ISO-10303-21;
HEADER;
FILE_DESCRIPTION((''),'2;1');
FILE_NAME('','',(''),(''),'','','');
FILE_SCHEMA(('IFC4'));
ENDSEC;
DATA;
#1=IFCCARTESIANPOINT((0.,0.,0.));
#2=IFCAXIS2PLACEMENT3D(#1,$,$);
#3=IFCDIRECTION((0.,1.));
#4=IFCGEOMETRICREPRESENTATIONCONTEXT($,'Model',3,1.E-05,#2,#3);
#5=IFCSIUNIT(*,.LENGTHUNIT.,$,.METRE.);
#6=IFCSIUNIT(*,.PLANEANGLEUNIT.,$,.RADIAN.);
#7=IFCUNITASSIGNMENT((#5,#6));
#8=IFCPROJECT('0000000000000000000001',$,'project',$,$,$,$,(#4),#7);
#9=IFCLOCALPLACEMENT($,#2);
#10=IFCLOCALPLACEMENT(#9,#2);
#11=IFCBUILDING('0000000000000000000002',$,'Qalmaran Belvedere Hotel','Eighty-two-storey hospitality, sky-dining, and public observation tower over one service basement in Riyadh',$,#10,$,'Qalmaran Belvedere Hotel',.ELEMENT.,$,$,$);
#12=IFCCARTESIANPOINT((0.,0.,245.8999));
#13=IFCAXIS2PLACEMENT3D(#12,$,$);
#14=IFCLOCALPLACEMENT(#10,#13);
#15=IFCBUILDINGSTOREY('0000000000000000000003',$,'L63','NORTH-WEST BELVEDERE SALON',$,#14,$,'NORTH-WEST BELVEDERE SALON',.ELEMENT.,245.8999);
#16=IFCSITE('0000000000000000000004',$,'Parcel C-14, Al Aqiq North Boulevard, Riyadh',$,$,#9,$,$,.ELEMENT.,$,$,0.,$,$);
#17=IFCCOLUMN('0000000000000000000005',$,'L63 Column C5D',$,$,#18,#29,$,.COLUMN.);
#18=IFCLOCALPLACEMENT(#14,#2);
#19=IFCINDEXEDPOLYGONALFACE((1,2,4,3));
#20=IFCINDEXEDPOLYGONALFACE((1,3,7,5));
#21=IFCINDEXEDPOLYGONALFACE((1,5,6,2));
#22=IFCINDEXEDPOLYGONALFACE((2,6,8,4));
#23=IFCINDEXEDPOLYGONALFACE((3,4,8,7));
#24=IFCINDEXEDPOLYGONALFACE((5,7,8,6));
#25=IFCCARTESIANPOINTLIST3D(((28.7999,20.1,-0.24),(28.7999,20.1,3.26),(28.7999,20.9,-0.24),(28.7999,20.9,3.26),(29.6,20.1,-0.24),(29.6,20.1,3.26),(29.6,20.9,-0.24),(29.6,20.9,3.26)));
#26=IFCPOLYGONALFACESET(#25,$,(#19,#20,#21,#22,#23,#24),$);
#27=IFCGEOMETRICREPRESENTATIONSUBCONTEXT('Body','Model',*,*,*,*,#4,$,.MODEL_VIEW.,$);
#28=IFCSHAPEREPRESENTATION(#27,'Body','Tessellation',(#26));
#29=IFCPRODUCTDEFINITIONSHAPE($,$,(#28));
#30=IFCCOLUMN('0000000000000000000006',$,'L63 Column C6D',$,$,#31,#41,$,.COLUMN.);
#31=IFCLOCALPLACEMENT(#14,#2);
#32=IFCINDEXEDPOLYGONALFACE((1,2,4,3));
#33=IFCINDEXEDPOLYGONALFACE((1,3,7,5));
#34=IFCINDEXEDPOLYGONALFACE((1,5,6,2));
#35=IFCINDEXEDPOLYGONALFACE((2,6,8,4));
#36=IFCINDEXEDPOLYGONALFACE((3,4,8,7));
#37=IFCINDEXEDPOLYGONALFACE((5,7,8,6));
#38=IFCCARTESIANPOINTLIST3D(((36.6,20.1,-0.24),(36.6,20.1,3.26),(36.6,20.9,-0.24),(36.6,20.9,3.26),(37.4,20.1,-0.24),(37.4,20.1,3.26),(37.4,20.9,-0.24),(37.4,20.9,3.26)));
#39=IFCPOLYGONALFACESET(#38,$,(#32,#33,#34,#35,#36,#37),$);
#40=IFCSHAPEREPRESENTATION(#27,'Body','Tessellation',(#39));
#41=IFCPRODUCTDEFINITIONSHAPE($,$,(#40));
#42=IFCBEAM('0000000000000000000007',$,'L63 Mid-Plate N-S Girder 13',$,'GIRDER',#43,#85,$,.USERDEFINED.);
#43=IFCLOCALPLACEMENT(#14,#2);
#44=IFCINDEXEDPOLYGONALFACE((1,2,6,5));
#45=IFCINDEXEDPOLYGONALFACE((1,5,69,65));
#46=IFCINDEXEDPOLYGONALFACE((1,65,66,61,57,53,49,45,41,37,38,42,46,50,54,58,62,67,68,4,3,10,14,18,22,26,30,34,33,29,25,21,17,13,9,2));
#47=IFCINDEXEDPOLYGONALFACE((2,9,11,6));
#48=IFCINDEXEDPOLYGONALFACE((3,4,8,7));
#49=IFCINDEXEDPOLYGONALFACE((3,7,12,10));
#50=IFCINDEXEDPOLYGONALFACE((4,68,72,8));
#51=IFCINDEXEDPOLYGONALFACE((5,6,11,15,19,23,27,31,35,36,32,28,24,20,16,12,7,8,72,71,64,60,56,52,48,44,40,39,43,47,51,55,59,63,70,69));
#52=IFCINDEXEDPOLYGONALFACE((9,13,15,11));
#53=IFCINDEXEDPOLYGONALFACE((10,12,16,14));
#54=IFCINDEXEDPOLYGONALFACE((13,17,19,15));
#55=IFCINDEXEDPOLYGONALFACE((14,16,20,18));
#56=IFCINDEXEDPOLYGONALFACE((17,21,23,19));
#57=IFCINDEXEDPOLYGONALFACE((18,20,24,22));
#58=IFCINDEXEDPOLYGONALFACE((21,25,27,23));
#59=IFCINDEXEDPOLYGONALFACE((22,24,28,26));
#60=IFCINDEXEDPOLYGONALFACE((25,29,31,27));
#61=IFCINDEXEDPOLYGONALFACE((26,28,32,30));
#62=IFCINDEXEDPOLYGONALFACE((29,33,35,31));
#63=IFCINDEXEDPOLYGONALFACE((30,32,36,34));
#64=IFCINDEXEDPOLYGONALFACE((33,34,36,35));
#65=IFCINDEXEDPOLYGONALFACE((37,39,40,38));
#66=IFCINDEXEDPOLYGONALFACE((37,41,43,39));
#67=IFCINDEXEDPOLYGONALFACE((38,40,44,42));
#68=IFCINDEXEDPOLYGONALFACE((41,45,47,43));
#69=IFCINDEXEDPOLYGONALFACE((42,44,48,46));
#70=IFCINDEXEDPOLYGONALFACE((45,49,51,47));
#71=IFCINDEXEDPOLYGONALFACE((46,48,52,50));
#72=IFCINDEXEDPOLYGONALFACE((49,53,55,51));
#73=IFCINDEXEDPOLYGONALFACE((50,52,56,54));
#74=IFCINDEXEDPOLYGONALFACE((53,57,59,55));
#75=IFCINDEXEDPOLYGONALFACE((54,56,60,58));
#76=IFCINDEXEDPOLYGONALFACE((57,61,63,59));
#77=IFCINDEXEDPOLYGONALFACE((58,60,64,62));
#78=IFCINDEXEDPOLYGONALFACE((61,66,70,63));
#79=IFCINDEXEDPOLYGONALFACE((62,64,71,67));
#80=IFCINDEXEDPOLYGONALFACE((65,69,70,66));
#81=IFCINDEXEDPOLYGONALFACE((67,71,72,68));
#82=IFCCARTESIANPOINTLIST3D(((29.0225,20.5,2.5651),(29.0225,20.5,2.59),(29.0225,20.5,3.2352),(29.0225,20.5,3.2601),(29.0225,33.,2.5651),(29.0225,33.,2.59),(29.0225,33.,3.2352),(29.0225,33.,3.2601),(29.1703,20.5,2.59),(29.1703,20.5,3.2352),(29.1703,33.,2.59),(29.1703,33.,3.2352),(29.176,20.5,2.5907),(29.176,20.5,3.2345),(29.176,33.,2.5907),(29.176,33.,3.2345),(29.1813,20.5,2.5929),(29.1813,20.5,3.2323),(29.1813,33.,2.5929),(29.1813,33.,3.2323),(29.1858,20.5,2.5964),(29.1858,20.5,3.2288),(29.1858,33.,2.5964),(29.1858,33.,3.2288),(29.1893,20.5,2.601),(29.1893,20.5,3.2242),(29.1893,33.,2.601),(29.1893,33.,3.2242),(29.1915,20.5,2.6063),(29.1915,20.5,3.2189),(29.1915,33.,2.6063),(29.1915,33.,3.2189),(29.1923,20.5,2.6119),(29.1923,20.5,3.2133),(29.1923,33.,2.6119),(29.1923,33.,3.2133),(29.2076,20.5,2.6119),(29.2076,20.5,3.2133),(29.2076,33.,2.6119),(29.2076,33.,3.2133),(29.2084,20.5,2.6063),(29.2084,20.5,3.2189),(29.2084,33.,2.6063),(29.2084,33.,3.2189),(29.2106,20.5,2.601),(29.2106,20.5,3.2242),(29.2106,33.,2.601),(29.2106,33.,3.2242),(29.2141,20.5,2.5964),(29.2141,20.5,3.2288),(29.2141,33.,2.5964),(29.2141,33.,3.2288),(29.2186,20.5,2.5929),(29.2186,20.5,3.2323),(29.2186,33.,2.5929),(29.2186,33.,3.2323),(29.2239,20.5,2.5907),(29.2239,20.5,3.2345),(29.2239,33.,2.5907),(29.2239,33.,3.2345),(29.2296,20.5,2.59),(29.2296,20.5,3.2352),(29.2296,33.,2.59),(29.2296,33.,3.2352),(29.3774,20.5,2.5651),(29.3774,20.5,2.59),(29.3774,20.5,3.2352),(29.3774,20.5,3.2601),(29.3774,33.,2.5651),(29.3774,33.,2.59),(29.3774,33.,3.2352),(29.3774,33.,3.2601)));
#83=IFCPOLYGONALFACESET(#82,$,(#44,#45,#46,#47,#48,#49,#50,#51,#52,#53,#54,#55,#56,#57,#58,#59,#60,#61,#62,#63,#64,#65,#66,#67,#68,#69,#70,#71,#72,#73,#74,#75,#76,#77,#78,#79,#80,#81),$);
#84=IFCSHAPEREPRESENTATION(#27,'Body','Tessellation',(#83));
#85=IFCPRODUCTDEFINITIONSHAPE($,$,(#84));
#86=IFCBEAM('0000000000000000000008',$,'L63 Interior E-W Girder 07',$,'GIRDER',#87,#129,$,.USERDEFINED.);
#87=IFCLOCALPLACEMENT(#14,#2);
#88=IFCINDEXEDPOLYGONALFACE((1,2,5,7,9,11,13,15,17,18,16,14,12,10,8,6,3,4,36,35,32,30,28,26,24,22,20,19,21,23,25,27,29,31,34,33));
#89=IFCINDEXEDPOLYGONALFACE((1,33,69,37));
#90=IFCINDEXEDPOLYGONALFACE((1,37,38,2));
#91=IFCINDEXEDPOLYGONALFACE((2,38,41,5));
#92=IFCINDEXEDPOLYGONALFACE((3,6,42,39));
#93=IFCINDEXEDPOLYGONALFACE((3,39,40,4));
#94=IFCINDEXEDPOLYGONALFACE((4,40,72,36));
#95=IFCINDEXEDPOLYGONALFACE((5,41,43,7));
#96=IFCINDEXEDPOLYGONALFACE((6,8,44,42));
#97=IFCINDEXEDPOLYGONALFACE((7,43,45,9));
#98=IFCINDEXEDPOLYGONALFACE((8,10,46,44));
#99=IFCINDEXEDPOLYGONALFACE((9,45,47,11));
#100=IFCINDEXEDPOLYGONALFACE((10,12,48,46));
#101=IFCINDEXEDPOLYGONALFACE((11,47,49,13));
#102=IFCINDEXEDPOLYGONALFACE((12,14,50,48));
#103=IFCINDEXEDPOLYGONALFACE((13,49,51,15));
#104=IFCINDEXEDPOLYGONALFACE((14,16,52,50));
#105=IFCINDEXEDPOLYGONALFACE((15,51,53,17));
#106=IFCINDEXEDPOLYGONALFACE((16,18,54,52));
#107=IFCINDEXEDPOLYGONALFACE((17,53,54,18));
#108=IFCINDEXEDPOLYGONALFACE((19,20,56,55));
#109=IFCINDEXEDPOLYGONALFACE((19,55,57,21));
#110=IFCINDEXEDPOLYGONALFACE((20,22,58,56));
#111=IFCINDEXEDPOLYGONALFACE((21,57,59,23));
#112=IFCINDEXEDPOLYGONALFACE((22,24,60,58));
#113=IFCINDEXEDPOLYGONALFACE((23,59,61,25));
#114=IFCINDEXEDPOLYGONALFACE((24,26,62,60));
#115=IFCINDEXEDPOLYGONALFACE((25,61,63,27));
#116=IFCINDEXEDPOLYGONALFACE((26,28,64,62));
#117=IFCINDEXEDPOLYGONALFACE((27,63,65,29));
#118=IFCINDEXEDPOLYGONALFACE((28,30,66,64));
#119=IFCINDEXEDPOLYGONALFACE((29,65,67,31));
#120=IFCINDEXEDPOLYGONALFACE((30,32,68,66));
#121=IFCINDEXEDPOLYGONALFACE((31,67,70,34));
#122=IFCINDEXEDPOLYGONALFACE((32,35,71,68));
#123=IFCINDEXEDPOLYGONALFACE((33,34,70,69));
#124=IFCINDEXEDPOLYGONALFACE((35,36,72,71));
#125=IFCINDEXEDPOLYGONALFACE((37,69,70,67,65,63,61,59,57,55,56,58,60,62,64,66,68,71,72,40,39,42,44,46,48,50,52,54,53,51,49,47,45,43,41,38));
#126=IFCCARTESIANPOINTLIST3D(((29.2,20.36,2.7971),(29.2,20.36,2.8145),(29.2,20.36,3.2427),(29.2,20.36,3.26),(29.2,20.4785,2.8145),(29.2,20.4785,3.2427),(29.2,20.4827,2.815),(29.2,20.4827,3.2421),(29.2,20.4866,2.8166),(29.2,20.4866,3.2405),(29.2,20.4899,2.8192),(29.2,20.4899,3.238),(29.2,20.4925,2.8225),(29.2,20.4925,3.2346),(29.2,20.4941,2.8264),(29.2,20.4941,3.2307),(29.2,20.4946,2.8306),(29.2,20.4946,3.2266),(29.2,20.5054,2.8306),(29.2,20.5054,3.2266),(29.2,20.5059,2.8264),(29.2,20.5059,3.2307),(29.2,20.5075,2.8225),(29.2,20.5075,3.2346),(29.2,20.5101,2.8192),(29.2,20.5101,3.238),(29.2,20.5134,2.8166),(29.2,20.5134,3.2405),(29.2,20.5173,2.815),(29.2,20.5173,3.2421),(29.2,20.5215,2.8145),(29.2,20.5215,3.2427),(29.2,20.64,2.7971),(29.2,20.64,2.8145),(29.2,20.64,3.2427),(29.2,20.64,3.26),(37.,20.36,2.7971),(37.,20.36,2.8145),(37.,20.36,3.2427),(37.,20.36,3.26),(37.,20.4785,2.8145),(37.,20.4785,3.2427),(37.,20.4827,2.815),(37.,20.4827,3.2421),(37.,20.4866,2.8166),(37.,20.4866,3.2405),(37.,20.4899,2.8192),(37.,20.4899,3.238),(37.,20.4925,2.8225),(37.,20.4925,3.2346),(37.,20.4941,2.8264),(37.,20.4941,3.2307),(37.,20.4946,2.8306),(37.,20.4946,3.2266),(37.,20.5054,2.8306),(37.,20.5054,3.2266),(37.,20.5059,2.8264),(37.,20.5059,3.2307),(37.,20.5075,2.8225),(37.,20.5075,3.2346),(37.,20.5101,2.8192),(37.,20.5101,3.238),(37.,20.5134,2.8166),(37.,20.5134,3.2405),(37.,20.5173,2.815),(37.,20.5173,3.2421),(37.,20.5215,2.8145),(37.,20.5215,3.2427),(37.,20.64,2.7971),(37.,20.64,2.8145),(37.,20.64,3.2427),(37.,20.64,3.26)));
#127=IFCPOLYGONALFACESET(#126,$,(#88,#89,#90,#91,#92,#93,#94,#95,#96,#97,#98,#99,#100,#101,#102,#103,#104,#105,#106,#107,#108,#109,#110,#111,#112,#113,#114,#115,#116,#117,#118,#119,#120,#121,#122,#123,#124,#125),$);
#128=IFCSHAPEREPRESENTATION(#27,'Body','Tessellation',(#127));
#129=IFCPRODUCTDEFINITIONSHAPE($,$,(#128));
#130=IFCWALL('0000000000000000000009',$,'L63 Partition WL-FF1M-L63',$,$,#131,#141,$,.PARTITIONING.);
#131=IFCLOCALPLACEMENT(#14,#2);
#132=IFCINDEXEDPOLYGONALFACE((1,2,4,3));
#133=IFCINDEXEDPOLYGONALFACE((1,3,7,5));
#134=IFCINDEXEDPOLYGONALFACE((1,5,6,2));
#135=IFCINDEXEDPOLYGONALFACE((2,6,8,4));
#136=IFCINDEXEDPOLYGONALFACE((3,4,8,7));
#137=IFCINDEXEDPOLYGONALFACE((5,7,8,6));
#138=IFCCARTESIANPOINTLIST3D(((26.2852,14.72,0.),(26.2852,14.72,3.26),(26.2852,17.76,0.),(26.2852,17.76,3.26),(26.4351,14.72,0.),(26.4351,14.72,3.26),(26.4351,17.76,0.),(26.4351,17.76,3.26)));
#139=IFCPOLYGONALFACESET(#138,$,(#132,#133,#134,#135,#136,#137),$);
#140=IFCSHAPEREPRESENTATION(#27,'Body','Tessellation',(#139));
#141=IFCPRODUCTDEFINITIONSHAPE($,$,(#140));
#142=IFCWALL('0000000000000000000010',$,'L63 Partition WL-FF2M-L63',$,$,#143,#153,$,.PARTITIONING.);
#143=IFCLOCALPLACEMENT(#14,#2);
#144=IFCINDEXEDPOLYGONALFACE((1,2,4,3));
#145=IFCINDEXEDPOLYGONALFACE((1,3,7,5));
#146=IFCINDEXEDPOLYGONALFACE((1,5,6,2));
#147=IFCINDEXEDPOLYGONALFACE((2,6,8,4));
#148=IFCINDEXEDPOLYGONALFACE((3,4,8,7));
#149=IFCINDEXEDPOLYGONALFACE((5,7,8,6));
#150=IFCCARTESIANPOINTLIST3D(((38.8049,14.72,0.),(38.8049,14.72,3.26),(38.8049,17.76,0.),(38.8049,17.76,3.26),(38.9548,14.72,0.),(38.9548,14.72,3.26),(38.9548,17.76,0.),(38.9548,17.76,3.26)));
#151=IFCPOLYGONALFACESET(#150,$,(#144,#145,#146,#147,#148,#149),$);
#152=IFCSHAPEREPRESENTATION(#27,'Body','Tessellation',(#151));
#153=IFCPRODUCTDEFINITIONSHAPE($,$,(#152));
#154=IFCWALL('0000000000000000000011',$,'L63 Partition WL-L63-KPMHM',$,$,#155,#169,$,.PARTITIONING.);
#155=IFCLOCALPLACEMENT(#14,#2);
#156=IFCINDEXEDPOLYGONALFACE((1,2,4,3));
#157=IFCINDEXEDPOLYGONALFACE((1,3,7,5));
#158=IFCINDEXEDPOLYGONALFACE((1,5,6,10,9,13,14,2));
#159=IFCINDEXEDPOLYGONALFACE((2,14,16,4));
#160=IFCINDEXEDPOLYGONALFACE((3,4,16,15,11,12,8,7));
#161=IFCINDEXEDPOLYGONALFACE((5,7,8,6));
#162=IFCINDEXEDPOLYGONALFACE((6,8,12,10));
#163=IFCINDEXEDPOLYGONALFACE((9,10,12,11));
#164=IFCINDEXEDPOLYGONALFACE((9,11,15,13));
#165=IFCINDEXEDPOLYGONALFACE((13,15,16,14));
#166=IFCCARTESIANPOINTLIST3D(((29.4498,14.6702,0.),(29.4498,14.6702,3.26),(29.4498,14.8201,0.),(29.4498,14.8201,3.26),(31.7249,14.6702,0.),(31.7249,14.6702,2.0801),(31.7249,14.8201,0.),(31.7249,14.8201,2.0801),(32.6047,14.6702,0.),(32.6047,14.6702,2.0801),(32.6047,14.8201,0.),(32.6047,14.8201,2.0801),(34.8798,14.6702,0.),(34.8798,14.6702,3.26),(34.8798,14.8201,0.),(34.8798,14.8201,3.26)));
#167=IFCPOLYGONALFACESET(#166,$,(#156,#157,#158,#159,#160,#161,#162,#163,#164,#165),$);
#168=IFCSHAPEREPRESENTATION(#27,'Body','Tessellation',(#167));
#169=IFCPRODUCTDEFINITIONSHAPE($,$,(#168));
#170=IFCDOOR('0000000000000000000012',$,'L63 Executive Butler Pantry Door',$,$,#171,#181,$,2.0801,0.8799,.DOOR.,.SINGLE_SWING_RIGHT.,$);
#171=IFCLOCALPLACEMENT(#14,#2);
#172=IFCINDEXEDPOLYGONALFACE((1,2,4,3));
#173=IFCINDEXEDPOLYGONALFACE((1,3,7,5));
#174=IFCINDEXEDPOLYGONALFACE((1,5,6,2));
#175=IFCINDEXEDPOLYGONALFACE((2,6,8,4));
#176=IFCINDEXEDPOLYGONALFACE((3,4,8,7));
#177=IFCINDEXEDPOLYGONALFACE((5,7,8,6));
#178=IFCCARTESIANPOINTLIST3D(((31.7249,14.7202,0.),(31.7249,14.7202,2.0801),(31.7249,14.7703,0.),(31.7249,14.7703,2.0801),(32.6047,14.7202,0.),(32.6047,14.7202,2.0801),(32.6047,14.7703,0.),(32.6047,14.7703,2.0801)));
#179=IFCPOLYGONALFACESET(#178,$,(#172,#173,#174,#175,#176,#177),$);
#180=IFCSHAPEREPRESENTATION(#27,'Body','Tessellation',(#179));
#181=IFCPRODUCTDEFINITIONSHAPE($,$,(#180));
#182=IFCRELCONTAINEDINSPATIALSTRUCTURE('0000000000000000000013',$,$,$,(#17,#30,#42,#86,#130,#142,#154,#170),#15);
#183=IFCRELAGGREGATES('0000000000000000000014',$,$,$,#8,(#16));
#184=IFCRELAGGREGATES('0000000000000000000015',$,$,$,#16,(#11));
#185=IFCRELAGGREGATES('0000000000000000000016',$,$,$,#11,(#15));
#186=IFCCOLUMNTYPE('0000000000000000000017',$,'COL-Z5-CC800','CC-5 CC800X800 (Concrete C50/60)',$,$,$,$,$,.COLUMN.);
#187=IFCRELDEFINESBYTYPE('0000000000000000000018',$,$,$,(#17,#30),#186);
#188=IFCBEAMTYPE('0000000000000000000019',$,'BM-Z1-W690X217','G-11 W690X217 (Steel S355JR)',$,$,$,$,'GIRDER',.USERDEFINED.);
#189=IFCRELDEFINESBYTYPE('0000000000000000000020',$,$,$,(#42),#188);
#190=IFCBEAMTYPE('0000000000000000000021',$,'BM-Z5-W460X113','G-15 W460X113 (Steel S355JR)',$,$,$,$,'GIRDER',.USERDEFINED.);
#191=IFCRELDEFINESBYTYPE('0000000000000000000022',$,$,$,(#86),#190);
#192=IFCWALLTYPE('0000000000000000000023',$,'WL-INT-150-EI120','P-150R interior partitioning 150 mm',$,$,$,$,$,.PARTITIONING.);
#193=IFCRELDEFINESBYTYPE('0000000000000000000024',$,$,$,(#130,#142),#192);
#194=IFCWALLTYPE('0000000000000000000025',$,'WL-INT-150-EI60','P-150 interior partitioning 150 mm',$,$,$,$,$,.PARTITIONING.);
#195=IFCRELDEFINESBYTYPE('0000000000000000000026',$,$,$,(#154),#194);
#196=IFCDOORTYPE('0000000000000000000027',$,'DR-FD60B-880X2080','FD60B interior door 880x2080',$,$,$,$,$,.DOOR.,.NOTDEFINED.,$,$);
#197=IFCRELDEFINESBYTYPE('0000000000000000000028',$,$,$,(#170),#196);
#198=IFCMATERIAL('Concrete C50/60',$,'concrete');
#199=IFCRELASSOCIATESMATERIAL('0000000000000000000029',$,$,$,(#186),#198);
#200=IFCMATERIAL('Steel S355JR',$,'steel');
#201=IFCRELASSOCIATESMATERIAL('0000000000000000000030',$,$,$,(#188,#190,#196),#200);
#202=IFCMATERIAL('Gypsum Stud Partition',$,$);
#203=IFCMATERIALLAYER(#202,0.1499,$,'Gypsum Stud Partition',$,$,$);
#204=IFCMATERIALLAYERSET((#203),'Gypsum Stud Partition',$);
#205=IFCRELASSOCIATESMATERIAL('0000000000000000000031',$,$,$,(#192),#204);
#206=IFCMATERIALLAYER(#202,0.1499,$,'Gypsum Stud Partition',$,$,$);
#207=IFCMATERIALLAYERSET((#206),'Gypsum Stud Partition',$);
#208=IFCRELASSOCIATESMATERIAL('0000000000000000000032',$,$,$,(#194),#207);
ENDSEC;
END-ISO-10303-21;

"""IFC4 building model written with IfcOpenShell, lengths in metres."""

from ifc_helpers import new_model, si_unit, direction, frame, frame_2d, origin, origin_2d, place, context, subcontext, project, spatial, rectangle, i_section, extrude, material, layer, layer_set, material_profile, profile_set, type_object, element, fill, save


model = new_model("IFC4")

# Units and contexts
model_context = context("Model", 3, precision=1e-05, world=origin(), true_north=direction((0.0, 1.0)))
body_context = subcontext(model_context, "Body", "Model", "MODEL_VIEW")
ifc_project = project(units=[si_unit("LENGTHUNIT", "METRE"), si_unit("PLANEANGLEUNIT", "RADIAN")], contexts=[model_context])

# Site, building, storey
site_placement = place(None, origin())
site = spatial("IfcSite", under=ifc_project, at=site_placement, Name="Parcel C-14, Al Aqiq North Boulevard, Riyadh", CompositionType="ELEMENT", RefElevation=0.0)
building_placement = place(site_placement, origin())
building = spatial("IfcBuilding", under=site, at=building_placement, Name="Qalmaran Belvedere Hotel", Description="Eighty-two-storey hospitality, sky-dining, and public observation tower over one service basement in Riyadh", LongName="Qalmaran Belvedere Hotel", CompositionType="ELEMENT")
storey_placement = place(building_placement, frame((0.0, 0.0, 245.8999)))
storey = spatial("IfcBuildingStorey", under=building, at=storey_placement, Name="L63", Description="NORTH-WEST BELVEDERE SALON", LongName="NORTH-WEST BELVEDERE SALON", CompositionType="ELEMENT", Elevation=245.8999)

# Columns
ifc_material_1 = material(Name="Concrete C50/60", Category="concrete")
ifc_material_profile_1 = material_profile(ifc_material_1, rectangle(XDim=0.8, YDim=0.8, at=origin_2d()), Name="CC800X800")
ifc_profile_set_1 = profile_set([ifc_material_profile_1], Name="Concrete C50/60")
column_type = type_object("IfcColumnType", Name="COL-Z5-CC800", Description="CC-5 CC800X800 (Concrete C50/60)", PredefinedType="COLUMN", material=ifc_profile_set_1)
for number, where, z_axis, x_axis, name in (
    (1, (29.2, 20.5, -0.24), (0.0, 0.0, 1.0), (1.0, 0.0, 0.0), "L63 Column C5D"),
    (2, (37.0, 20.5, -0.24), (0.0, 0.0, 1.0), (1.0, 0.0, 0.0), "L63 Column C6D"),
):
    element("IfcColumn", number, at=place(storey_placement, frame(where, z_axis=z_axis, x_axis=x_axis)), inside=storey, type_object=column_type, Name=name, PredefinedType="COLUMN", context=body_context, shape_type="SweptSolid", body=[
        extrude(rectangle(XDim=0.8, YDim=0.8, at=origin_2d()), origin(), (0.0, 0.0, 1.0), 3.5),
    ])

# Beams
ifc_material_2 = material(Name="Steel S355JR", Category="steel")
ifc_material_profile_2 = material_profile(ifc_material_2, i_section(OverallWidth=0.355, OverallDepth=0.6951, WebThickness=0.0154, FlangeThickness=0.0249, FilletRadius=0.022, at=origin_2d()), Name="W690X217")
ifc_profile_set_2 = profile_set([ifc_material_profile_2], Name="Steel S355JR")
beam_type_1 = type_object("IfcBeamType", Name="BM-Z1-W690X217", Description="G-11 W690X217 (Steel S355JR)", ElementType="GIRDER", PredefinedType="USERDEFINED", material=ifc_profile_set_2)
beam_1_placement = place(storey_placement, frame((29.2, 20.5, 2.9126), z_axis=(0.0, 1.0, 0.0), x_axis=(-1.0, 0.0, 0.0)))
element("IfcBeam", 3, at=beam_1_placement, inside=storey, type_object=beam_type_1, Name="L63 Mid-Plate N-S Girder 13", ObjectType="GIRDER", PredefinedType="USERDEFINED", context=body_context, shape_type="SweptSolid", body=[
    extrude(i_section(OverallWidth=0.355, OverallDepth=0.6951, WebThickness=0.0154, FlangeThickness=0.0249, FilletRadius=0.022, at=origin_2d()), origin(), (0.0, 0.0, 1.0), 12.5),
])
ifc_material_profile_3 = material_profile(ifc_material_2, i_section(OverallWidth=0.28, OverallDepth=0.4629, WebThickness=0.0107, FlangeThickness=0.0173, FilletRadius=0.0161, at=origin_2d()), Name="W460X113")
ifc_profile_set_3 = profile_set([ifc_material_profile_3], Name="Steel S355JR")
beam_type_2 = type_object("IfcBeamType", Name="BM-Z5-W460X113", Description="G-15 W460X113 (Steel S355JR)", ElementType="GIRDER", PredefinedType="USERDEFINED", material=ifc_profile_set_3)
beam_2_placement = place(storey_placement, frame((29.2, 20.5, 3.0286), z_axis=(1.0, 0.0, 0.0), x_axis=(0.0, 1.0, 0.0)))
element("IfcBeam", 4, at=beam_2_placement, inside=storey, type_object=beam_type_2, Name="L63 Interior E-W Girder 07", ObjectType="GIRDER", PredefinedType="USERDEFINED", context=body_context, shape_type="SweptSolid", body=[
    extrude(i_section(OverallWidth=0.28, OverallDepth=0.4629, WebThickness=0.0107, FlangeThickness=0.0173, FilletRadius=0.0161, at=origin_2d()), origin(), (0.0, 0.0, 1.0), 7.8),
])

# Walls
ifc_material_3 = material(Name="Gypsum Stud Partition")
ifc_layer_1 = layer(ifc_material_3, 0.1499, Name="Gypsum Stud Partition")
ifc_layer_set_1 = layer_set([ifc_layer_1], Name="Gypsum Stud Partition")
wall_type_1 = type_object("IfcWallType", Name="WL-INT-150-EI120", Description="P-150R interior partitioning 150 mm", PredefinedType="PARTITIONING", material=ifc_layer_set_1)
for number, where, z_axis, x_axis, name in (
    (5, (26.3601, 14.72, 0.0), (0.0, 0.0, 1.0), (0.0, 1.0, 0.0), "L63 Partition WL-FF1M-L63"),
    (6, (38.8799, 14.72, 0.0), (0.0, 0.0, 1.0), (0.0, 1.0, 0.0), "L63 Partition WL-FF2M-L63"),
):
    element("IfcWall", number, at=place(storey_placement, frame(where, z_axis=z_axis, x_axis=x_axis)), inside=storey, type_object=wall_type_1, Name=name, PredefinedType="PARTITIONING", context=body_context, shape_type="SweptSolid", body=[
        extrude(rectangle(XDim=3.04, YDim=0.1499, at=frame_2d((1.52, 0.0))), origin(), (0.0, 0.0, 1.0), 3.26),
    ])

# Wall, opening, door
ifc_layer_2 = layer(ifc_material_3, 0.1499, Name="Gypsum Stud Partition")
ifc_layer_set_2 = layer_set([ifc_layer_2], Name="Gypsum Stud Partition")
wall_type_2 = type_object("IfcWallType", Name="WL-INT-150-EI60", Description="P-150 interior partitioning 150 mm", PredefinedType="PARTITIONING", material=ifc_layer_set_2)
wall_1_placement = place(storey_placement, frame((29.45, 14.7451, 0.0), z_axis=(0.0, 0.0, 1.0), x_axis=(1.0, 0.0, 0.0)))
wall_1 = element("IfcWall", 7, at=wall_1_placement, inside=storey, type_object=wall_type_2, Name="L63 Partition WL-L63-KPMHM", PredefinedType="PARTITIONING", context=body_context, shape_type="SweptSolid", body=[
    extrude(rectangle(XDim=5.4299, YDim=0.1499, at=frame_2d((2.7148, 0.0))), origin(), (0.0, 0.0, 1.0), 3.26),
])
opening_1_placement = place(wall_1_placement, frame((3.1548, 0.0, 0.0), z_axis=(0.0, 0.0, 1.0), x_axis=(-1.0, 0.0, 0.0)))
opening_1 = element("IfcOpeningElement", 8, at=opening_1_placement, cuts=wall_1, PredefinedType="OPENING", context=body_context, shape_type="SweptSolid", body=[
    extrude(rectangle(XDim=0.8799, YDim=2.0801, at=frame_2d((0.4399, 1.04))), frame((0.0, 0.085, 0.0), z_axis=(0.0, -1.0, 0.0), x_axis=(1.0, 0.0, 0.0)), (0.0, 0.0, 1.0), 0.1699),
])
door_type_1 = type_object("IfcDoorType", Name="DR-FD60B-880X2080", Description="FD60B interior door 880x2080", OperationType="NOTDEFINED", PredefinedType="DOOR", material=ifc_material_2)
door_1_placement = place(opening_1_placement, origin())
door_1 = element("IfcDoor", 9, at=door_1_placement, inside=storey, type_object=door_type_1, Name="L63 Executive Butler Pantry Door", OperationType="SINGLE_SWING_RIGHT", OverallHeight=2.0801, OverallWidth=0.8799, PredefinedType="DOOR", context=body_context, shape_type="SweptSolid", body=[
    extrude(rectangle(XDim=0.8799, YDim=2.0801, at=frame_2d((0.4399, 1.04))), frame((0.0, 0.0249, 0.0), z_axis=(0.0, -1.0, 0.0), x_axis=(1.0, 0.0, 0.0)), (0.0, 0.0, 1.0), 0.05),
])
fill(opening_1, door_1)

save(model, "model.ifc")
